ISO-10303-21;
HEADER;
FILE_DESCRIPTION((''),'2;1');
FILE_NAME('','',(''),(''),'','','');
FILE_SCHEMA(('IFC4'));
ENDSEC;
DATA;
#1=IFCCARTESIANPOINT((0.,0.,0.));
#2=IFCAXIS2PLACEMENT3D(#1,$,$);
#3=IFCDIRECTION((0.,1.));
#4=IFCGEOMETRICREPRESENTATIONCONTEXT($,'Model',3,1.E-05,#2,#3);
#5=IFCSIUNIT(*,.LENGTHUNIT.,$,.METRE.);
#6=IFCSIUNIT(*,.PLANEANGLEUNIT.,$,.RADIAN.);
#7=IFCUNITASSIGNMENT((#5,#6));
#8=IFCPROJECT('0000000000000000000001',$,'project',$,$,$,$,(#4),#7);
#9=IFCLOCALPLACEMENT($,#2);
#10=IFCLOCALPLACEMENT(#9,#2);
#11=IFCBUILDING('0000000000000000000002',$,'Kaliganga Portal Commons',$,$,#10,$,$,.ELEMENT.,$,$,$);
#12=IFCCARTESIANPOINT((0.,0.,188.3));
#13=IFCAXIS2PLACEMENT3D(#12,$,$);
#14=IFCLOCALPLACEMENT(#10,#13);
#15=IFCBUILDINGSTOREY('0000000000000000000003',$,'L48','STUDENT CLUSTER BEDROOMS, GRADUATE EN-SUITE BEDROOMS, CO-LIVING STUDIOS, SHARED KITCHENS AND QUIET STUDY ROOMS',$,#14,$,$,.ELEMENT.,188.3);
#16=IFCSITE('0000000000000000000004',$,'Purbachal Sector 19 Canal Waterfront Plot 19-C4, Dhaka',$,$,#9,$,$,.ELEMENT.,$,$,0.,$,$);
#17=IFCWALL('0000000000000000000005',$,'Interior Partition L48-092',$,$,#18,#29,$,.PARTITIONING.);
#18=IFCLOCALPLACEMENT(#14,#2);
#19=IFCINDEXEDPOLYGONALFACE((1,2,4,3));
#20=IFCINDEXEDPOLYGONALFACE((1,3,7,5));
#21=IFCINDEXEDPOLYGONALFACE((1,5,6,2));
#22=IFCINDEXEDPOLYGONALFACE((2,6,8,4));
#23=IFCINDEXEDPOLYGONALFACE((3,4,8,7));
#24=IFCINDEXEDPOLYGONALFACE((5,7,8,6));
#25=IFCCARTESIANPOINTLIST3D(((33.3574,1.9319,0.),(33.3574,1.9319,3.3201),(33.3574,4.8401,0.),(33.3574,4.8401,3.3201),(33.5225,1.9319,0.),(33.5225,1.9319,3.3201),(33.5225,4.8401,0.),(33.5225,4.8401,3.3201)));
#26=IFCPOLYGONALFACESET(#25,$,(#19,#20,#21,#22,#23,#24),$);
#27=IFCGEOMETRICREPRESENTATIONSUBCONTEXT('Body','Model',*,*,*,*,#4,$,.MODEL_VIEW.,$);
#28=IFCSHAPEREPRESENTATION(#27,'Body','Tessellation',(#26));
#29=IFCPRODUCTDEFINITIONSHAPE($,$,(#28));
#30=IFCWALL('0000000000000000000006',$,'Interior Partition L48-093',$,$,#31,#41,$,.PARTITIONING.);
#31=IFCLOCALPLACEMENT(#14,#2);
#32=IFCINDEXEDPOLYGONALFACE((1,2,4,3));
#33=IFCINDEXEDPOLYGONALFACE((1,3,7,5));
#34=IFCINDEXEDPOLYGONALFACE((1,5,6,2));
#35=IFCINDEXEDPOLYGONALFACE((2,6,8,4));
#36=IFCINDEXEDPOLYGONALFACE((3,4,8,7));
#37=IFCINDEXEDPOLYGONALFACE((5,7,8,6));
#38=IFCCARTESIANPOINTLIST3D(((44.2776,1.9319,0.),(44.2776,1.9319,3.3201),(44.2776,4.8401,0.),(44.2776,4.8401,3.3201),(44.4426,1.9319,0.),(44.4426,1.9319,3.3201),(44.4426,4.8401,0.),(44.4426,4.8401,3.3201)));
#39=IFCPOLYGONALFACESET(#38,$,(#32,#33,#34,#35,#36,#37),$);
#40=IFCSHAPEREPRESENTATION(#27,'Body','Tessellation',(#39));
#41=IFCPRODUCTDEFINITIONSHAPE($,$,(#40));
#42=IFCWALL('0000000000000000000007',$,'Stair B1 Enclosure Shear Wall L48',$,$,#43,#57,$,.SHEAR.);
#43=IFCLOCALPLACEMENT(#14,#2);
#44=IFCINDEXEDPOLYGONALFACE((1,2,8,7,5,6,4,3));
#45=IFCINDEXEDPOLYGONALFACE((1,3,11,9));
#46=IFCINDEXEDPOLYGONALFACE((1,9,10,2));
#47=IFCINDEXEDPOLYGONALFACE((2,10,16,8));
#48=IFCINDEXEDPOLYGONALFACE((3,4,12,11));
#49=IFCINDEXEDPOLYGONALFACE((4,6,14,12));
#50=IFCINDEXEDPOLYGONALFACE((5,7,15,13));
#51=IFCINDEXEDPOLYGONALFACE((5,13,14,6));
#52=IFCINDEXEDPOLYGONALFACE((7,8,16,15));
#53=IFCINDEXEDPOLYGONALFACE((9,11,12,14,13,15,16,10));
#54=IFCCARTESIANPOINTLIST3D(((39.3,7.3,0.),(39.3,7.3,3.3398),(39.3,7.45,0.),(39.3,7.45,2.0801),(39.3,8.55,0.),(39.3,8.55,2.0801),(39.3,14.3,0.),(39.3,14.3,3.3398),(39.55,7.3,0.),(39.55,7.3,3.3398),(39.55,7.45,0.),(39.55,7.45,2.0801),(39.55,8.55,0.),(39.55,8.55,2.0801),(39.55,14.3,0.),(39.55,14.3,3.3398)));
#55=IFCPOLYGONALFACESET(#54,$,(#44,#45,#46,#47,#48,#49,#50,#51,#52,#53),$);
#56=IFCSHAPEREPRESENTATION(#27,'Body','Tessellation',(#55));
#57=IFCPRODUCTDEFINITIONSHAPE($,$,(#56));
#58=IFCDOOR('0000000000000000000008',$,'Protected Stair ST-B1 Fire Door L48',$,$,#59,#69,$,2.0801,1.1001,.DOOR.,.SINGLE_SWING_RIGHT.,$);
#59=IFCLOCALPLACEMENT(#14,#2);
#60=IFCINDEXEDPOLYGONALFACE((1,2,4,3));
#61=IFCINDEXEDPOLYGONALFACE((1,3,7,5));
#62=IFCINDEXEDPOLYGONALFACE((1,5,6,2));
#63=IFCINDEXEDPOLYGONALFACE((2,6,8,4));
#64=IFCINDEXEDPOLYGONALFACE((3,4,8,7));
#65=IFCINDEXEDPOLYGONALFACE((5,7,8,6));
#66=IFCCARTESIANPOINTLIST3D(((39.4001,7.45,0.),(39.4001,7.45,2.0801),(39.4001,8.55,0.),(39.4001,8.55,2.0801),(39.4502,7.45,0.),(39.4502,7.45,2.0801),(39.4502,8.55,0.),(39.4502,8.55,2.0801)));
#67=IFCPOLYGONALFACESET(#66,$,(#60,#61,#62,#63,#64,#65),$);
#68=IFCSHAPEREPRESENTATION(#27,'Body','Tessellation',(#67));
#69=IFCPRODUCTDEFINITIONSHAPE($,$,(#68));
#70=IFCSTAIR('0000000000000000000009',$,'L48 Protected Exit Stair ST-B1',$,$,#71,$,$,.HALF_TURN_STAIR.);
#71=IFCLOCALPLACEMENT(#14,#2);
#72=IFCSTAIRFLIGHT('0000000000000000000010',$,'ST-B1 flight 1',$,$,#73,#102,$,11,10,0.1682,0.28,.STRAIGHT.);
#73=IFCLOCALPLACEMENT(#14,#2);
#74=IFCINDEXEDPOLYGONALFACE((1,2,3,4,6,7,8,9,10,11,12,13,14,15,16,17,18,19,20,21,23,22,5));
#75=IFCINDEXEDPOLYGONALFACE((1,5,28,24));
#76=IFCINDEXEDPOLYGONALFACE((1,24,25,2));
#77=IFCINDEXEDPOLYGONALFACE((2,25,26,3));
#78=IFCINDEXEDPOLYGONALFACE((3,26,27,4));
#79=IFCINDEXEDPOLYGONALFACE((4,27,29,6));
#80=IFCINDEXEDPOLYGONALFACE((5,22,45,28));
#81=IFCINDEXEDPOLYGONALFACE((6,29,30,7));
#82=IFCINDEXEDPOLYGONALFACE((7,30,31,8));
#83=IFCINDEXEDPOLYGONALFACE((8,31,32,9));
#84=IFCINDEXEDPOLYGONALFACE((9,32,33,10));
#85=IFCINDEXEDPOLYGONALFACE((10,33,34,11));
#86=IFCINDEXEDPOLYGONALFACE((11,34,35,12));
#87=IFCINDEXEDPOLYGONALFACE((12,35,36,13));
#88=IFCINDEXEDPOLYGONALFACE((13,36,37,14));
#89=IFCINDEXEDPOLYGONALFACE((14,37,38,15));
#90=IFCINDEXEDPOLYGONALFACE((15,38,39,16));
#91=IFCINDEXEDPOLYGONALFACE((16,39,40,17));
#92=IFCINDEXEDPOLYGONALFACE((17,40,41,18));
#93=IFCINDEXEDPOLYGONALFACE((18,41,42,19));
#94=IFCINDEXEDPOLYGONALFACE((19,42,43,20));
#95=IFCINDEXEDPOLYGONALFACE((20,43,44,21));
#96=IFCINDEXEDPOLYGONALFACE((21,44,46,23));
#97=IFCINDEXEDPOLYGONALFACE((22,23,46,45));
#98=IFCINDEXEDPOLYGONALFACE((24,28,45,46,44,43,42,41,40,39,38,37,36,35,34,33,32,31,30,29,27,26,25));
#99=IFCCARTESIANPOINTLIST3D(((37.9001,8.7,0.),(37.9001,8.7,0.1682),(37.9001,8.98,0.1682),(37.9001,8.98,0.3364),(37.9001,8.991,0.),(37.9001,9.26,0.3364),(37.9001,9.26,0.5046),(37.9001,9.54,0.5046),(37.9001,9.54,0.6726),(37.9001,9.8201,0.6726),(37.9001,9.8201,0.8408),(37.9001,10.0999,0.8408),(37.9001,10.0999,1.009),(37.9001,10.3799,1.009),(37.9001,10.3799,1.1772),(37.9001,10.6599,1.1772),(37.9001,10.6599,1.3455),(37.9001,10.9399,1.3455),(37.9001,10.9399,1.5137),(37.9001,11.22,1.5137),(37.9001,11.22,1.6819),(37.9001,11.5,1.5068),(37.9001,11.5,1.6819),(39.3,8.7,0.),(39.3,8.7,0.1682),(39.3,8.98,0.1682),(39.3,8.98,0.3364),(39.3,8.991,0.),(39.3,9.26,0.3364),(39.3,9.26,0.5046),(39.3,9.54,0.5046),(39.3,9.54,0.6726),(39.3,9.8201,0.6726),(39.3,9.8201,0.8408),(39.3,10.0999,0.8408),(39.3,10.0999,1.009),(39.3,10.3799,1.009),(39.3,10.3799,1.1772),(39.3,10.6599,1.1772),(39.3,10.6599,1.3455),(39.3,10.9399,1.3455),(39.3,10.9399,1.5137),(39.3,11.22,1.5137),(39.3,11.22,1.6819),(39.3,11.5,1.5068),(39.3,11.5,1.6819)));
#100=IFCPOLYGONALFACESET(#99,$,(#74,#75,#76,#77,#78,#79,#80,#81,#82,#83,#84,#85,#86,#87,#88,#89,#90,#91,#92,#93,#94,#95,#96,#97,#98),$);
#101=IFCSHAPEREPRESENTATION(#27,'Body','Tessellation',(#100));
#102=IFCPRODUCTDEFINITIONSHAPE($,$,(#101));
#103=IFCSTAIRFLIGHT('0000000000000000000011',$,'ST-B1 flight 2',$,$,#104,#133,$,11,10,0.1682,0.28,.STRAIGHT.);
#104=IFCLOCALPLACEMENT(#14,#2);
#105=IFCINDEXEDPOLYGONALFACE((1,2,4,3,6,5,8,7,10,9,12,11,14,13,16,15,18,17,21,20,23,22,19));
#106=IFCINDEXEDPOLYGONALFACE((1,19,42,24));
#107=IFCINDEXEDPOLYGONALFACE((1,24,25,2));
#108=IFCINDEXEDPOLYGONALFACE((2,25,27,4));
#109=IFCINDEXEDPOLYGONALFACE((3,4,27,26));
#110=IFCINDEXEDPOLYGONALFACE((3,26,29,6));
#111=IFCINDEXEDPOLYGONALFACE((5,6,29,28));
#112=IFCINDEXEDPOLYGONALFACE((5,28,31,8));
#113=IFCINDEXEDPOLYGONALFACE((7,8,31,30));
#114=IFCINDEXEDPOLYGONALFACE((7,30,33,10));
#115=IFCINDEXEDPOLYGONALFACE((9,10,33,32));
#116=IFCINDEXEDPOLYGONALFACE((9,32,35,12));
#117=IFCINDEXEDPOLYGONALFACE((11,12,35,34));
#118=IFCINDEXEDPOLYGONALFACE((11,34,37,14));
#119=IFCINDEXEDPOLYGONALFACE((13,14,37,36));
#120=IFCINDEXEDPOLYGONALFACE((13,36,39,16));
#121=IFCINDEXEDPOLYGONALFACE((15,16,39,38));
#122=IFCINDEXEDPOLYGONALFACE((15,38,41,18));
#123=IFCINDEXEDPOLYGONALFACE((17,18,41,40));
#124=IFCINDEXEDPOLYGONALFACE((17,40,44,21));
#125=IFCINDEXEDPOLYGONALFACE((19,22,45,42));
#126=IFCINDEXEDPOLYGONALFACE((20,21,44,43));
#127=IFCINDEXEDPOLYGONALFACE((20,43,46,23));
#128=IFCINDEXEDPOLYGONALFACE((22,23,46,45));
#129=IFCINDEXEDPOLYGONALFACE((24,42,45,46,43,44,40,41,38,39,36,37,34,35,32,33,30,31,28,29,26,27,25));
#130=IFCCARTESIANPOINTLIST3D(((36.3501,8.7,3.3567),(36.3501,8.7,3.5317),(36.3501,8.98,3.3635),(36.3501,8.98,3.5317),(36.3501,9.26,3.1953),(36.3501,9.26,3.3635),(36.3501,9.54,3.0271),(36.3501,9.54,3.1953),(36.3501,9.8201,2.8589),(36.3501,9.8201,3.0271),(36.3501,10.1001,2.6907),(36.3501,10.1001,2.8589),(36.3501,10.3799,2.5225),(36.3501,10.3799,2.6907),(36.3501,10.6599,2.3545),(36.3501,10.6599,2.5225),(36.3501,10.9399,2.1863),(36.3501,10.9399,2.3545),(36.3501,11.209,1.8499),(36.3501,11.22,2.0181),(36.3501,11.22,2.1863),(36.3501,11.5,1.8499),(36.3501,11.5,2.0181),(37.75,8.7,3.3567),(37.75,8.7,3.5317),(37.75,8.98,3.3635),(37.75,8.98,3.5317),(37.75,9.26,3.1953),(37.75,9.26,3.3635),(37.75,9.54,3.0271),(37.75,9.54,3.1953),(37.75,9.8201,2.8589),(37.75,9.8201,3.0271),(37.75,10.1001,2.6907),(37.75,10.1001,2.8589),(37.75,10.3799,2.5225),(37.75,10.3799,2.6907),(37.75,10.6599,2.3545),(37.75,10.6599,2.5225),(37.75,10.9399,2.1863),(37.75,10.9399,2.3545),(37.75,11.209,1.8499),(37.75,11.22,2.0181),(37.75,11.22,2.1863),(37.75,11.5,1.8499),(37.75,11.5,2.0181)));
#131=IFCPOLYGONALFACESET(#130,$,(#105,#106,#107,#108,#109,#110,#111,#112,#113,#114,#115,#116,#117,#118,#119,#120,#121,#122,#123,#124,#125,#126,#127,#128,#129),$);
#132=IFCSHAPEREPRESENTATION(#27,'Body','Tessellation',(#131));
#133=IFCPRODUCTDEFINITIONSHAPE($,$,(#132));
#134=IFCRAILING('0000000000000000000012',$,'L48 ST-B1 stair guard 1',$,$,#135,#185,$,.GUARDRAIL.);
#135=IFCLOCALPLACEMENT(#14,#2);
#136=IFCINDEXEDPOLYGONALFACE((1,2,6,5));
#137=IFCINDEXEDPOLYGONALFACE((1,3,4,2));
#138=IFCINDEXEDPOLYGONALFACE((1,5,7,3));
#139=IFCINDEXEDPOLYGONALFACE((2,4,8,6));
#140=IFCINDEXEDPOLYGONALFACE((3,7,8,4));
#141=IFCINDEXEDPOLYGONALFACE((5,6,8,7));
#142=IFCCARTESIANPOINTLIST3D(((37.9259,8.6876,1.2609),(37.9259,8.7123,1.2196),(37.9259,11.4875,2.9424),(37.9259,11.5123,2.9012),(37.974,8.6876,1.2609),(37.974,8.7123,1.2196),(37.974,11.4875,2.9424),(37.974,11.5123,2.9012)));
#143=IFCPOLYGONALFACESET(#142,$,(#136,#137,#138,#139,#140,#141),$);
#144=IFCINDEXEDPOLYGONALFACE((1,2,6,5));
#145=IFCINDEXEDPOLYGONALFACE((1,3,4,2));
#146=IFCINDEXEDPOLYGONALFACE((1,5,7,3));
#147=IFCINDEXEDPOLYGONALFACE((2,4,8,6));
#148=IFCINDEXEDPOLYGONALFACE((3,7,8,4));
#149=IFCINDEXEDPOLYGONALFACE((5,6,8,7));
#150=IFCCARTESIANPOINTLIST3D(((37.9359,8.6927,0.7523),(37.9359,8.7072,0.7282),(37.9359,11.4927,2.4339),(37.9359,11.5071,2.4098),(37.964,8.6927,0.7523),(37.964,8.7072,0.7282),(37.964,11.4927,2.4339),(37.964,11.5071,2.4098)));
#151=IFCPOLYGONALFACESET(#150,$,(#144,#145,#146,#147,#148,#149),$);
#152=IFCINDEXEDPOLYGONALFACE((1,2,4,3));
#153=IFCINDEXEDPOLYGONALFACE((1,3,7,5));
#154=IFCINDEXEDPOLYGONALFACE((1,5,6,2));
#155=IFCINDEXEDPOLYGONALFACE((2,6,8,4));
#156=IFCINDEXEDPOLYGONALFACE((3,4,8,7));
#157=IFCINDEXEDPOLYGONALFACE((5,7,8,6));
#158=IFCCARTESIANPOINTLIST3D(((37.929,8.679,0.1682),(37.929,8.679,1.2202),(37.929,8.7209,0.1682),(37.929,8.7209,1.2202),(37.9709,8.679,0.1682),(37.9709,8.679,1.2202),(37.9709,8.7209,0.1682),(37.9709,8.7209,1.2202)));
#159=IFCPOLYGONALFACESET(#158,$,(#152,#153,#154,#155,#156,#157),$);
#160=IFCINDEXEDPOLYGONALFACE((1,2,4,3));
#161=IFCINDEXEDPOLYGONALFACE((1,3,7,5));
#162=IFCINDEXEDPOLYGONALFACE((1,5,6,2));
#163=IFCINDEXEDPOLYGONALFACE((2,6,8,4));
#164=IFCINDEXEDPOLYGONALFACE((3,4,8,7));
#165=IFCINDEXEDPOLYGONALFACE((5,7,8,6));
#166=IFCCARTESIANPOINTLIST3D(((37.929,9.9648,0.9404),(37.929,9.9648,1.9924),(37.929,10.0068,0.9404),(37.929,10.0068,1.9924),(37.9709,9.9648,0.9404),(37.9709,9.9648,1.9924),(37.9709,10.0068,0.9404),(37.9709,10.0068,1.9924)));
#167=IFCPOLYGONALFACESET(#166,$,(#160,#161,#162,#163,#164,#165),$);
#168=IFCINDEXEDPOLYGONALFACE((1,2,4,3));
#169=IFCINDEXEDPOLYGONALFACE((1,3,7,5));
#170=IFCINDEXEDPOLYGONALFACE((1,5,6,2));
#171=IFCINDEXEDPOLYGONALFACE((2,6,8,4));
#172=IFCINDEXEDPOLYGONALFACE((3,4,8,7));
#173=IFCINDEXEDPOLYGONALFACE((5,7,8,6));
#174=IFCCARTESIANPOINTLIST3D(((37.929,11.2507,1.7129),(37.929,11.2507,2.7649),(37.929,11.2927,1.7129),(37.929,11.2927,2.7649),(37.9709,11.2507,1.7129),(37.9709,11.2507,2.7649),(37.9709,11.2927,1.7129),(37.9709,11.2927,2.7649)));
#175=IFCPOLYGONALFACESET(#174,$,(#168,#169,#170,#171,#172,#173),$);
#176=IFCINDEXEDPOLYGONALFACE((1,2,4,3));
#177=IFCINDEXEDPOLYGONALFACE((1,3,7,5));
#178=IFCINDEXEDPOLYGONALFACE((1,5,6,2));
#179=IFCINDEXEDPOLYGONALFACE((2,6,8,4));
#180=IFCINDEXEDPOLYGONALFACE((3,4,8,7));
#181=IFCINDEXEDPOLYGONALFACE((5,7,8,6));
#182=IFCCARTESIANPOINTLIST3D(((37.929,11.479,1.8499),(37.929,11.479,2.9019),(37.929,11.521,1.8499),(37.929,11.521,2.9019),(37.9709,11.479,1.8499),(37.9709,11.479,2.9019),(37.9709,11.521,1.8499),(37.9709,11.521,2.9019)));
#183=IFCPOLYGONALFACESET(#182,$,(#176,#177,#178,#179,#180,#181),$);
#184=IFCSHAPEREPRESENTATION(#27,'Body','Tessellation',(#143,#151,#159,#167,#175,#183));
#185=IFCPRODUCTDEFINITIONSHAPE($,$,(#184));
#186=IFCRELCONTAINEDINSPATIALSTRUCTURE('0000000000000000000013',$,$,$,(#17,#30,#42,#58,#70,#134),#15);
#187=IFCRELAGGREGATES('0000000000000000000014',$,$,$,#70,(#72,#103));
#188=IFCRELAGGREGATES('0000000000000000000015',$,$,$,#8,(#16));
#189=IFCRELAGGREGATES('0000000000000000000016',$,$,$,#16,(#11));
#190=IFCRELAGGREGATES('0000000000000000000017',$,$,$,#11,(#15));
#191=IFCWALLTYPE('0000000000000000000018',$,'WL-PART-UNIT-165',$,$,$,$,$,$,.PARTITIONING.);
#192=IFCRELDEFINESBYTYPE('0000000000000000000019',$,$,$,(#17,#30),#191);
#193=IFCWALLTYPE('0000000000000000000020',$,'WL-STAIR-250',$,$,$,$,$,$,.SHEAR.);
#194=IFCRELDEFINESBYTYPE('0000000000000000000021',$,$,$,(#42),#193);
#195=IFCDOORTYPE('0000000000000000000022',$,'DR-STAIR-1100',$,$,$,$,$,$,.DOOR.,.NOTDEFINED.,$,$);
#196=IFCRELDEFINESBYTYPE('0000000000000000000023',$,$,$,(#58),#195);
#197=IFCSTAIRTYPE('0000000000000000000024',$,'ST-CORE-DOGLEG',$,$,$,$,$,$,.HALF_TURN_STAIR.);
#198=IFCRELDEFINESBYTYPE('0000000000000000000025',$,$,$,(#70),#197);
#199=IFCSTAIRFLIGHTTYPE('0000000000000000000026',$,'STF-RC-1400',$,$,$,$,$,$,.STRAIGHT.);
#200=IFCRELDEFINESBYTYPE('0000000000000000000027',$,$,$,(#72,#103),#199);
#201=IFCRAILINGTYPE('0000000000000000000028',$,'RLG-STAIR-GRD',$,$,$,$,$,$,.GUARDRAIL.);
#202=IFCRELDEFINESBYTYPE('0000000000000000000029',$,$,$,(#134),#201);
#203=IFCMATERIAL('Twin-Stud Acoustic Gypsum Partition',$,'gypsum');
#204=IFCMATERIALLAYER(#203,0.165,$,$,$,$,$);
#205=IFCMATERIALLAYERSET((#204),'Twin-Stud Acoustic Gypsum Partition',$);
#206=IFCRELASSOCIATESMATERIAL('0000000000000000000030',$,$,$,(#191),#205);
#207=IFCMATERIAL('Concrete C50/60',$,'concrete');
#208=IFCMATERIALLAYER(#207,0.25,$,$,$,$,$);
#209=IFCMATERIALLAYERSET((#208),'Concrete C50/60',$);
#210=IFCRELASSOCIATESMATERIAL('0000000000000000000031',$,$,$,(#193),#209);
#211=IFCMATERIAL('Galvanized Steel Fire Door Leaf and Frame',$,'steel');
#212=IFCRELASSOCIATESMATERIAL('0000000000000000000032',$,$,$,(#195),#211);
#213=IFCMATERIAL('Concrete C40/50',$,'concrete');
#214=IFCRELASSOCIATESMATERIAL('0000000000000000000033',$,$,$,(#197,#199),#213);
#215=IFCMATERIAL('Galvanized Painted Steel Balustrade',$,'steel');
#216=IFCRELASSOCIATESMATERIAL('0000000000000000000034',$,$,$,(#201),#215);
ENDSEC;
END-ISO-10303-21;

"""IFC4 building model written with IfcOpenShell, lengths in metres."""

from ifc_helpers import new_model, si_unit, direction, frame, frame_2d, origin, origin_2d, place, context, subcontext, project, spatial, polyline, rectangle, outline, extrude, material, layer, layer_set, type_object, element, fill, aggregate, save


model = new_model("IFC4")

# Units and contexts
model_context = context("Model", 3, precision=1e-05, world=origin(), true_north=direction((0.0, 1.0)))
body_context = subcontext(model_context, "Body", "Model", "MODEL_VIEW")
ifc_project = project(units=[si_unit("LENGTHUNIT", "METRE"), si_unit("PLANEANGLEUNIT", "RADIAN")], contexts=[model_context])

# Site, building, storey
site_placement = place(None, origin())
site = spatial("IfcSite", under=ifc_project, at=site_placement, Name="Purbachal Sector 19 Canal Waterfront Plot 19-C4, Dhaka", CompositionType="ELEMENT", RefElevation=0.0)
building_placement = place(site_placement, origin())
building = spatial("IfcBuilding", under=site, at=building_placement, Name="Kaliganga Portal Commons", CompositionType="ELEMENT")
storey_placement = place(building_placement, frame((0.0, 0.0, 188.3)))
storey = spatial("IfcBuildingStorey", under=building, at=storey_placement, Name="L48", Description="STUDENT CLUSTER BEDROOMS, GRADUATE EN-SUITE BEDROOMS, CO-LIVING STUDIOS, SHARED KITCHENS AND QUIET STUDY ROOMS", CompositionType="ELEMENT", Elevation=188.3)

# Shared definitions
ifc_material_1 = material(Name="Concrete C50/60", Category="concrete")

# Walls
ifc_material_2 = material(Name="Twin-Stud Acoustic Gypsum Partition", Category="gypsum")
ifc_layer_1 = layer(ifc_material_2, 0.165)
ifc_layer_set_1 = layer_set([ifc_layer_1], Name="Twin-Stud Acoustic Gypsum Partition")
wall_type_1 = type_object("IfcWallType", Name="WL-PART-UNIT-165", PredefinedType="PARTITIONING", material=ifc_layer_set_1)
for number, where, z_axis, x_axis, name in (
    (1, (33.4399, 1.9319, 0.0), (0.0, 0.0, 1.0), (0.0, 1.0, 0.0), "Interior Partition L48-092"),
    (2, (44.3601, 1.9319, 0.0), (0.0, 0.0, 1.0), (0.0, 1.0, 0.0), "Interior Partition L48-093"),
):
    element("IfcWall", number, at=place(storey_placement, frame(where, z_axis=z_axis, x_axis=x_axis)), inside=storey, type_object=wall_type_1, Name=name, PredefinedType="PARTITIONING", context=body_context, shape_type="SweptSolid", body=[
        extrude(rectangle(XDim=2.9082, YDim=0.165, at=frame_2d((1.4541, 0.0))), origin(), (0.0, 0.0, 1.0), 3.3201),
    ])

# Wall, opening, door
ifc_layer_2 = layer(ifc_material_1, 0.25)
ifc_layer_set_2 = layer_set([ifc_layer_2], Name="Concrete C50/60")
wall_type_2 = type_object("IfcWallType", Name="WL-STAIR-250", PredefinedType="SHEAR", material=ifc_layer_set_2)
wall_1_placement = place(storey_placement, frame((39.425, 7.3, 0.0), z_axis=(0.0, 0.0, 1.0), x_axis=(0.0, 1.0, 0.0)))
wall_1 = element("IfcWall", 3, at=wall_1_placement, inside=storey, type_object=wall_type_2, Name="Stair B1 Enclosure Shear Wall L48", PredefinedType="SHEAR", context=body_context, shape_type="SweptSolid", body=[
    extrude(rectangle(XDim=7.0, YDim=0.25, at=frame_2d((3.5, 0.0))), origin(), (0.0, 0.0, 1.0), 3.3398),
])
opening_1_placement = place(wall_1_placement, frame((0.1499, 0.0, 0.0)))
opening_1 = element("IfcOpeningElement", 4, at=opening_1_placement, cuts=wall_1, PredefinedType="OPENING", context=body_context, shape_type="SweptSolid", body=[
    extrude(rectangle(XDim=1.1001, YDim=2.0801, at=frame_2d((0.55, 1.04))), frame((0.0, 0.135, 0.0), z_axis=(0.0, -1.0, 0.0), x_axis=(1.0, 0.0, 0.0)), (0.0, 0.0, 1.0), 0.27),
])
ifc_material_3 = material(Name="Galvanized Steel Fire Door Leaf and Frame", Category="steel")
door_type_1 = type_object("IfcDoorType", Name="DR-STAIR-1100", OperationType="NOTDEFINED", PredefinedType="DOOR", material=ifc_material_3)
door_1_placement = place(opening_1_placement, origin())
door_1 = element("IfcDoor", 5, at=door_1_placement, inside=storey, type_object=door_type_1, Name="Protected Stair ST-B1 Fire Door L48", OperationType="SINGLE_SWING_RIGHT", OverallHeight=2.0801, OverallWidth=1.1001, PredefinedType="DOOR", context=body_context, shape_type="SweptSolid", body=[
    extrude(rectangle(XDim=1.1001, YDim=2.0801, at=frame_2d((0.55, 1.04))), frame((0.0, 0.0249, 0.0), z_axis=(0.0, -1.0, 0.0), x_axis=(1.0, 0.0, 0.0)), (0.0, 0.0, 1.0), 0.05),
])
fill(opening_1, door_1)

# Stair, stair flights
ifc_material_4 = material(Name="Concrete C40/50", Category="concrete")
stair_type = type_object("IfcStairType", Name="ST-CORE-DOGLEG", PredefinedType="HALF_TURN_STAIR", material=ifc_material_4)
stair_placement = place(storey_placement, origin())
stair = element("IfcStair", 6, at=stair_placement, inside=storey, type_object=stair_type, Name="L48 Protected Exit Stair ST-B1", PredefinedType="HALF_TURN_STAIR")
stair_flight_type = type_object("IfcStairFlightType", Name="STF-RC-1400", PredefinedType="STRAIGHT", material=ifc_material_4)
stair_flight_1_placement = place(storey_placement, frame((38.6001, 8.7, 0.0), z_axis=(0.0, 0.0, 1.0), x_axis=(0.0, 1.0, 0.0)))
stair_flight_1 = element("IfcStairFlight", 7, at=stair_flight_1_placement, type_object=stair_flight_type, Name="ST-B1 flight 1", NumberOfRisers=11, NumberOfTreads=10, PredefinedType="STRAIGHT", RiserHeight=0.1682, TreadLength=0.28, context=body_context, shape_type="SweptSolid", body=[
    extrude(outline(polyline([(0.0, 0.0), (0.0, 0.1682), (0.28, 0.1682), (0.28, 0.3364), (0.5601, 0.3364), (0.5601, 0.5046), (0.8401, 0.5046), (0.8401, 0.6726), (1.1201, 0.6726), (1.1201, 0.8408), (1.3999, 0.8408), (1.3999, 1.009), (1.6799, 1.009), (1.6799, 1.1772), (1.96, 1.1772), (1.96, 1.3455), (2.24, 1.3455), (2.24, 1.5137), (2.52, 1.5137), (2.52, 1.6819), (2.8, 1.6819), (2.8, 1.8501), (2.8, 1.5068), (0.291, 0.0), (0.0, 0.0)])), frame((0.0, 0.7, 0.0), z_axis=(0.0, -1.0, 0.0), x_axis=(1.0, 0.0, 0.0)), (0.0, 0.0, 1.0), 1.3999),
])
stair_flight_2_placement = place(storey_placement, frame((37.05, 11.5, 1.8499), z_axis=(0.0, 0.0, 1.0), x_axis=(0.0, -1.0, 0.0)))
stair_flight_2 = element("IfcStairFlight", 8, at=stair_flight_2_placement, type_object=stair_flight_type, Name="ST-B1 flight 2", NumberOfRisers=11, NumberOfTreads=10, PredefinedType="STRAIGHT", RiserHeight=0.1682, TreadLength=0.28, context=body_context, shape_type="SweptSolid", body=[
    extrude(outline(polyline([(0.0, 0.0), (0.0, 0.1682), (0.28, 0.1682), (0.28, 0.3364), (0.5601, 0.3364), (0.5601, 0.5046), (0.8401, 0.5046), (0.8401, 0.6726), (1.1201, 0.6726), (1.1201, 0.8408), (1.3999, 0.8408), (1.3999, 1.009), (1.6799, 1.009), (1.6799, 1.1772), (1.96, 1.1772), (1.96, 1.3455), (2.24, 1.3455), (2.24, 1.5137), (2.52, 1.5137), (2.52, 1.6819), (2.8, 1.6819), (2.8, 1.8501), (2.8, 1.5068), (0.291, 0.0), (0.0, 0.0)])), frame((0.0, 0.7, 0.0), z_axis=(0.0, -1.0, 0.0), x_axis=(1.0, 0.0, 0.0)), (0.0, 0.0, 1.0), 1.3999),
])
aggregate(stair, [stair_flight_1, stair_flight_2])

# Railing
ifc_material_5 = material(Name="Galvanized Painted Steel Balustrade", Category="steel")
railing_type_1 = type_object("IfcRailingType", Name="RLG-STAIR-GRD", PredefinedType="GUARDRAIL", material=ifc_material_5)
railing_1_placement = place(storey_placement, frame((37.95, 8.7, 0.1682)))
element("IfcRailing", 9, at=railing_1_placement, inside=storey, type_object=railing_type_1, Name="L48 ST-B1 stair guard 1", PredefinedType="GUARDRAIL", context=body_context, shape_type="SweptSolid", body=[
    extrude(rectangle(XDim=0.0481, YDim=0.0481, at=origin_2d()), frame((0.0, 0.0, 1.072), z_axis=(0.0, 0.857275, 0.514858), x_axis=(-1.0, 0.0, 0.0)), (0.0, 0.0, 1.0), 3.2661),
    extrude(rectangle(XDim=0.0281, YDim=0.0281, at=origin_2d()), frame((0.0, 0.0, 0.572), z_axis=(0.0, 0.857275, 0.514858), x_axis=(-1.0, 0.0, 0.0)), (0.0, 0.0, 1.0), 3.2661),
    extrude(rectangle(XDim=0.042, YDim=0.042, at=origin_2d()), origin(), (0.0, 0.0, 1.0), 1.052),
    extrude(rectangle(XDim=0.042, YDim=0.042, at=origin_2d()), frame((0.0, 1.2859, 0.7722)), (0.0, 0.0, 1.0), 1.052),
    extrude(rectangle(XDim=0.042, YDim=0.042, at=origin_2d()), frame((0.0, 2.5718, 1.5447)), (0.0, 0.0, 1.0), 1.052),
    extrude(rectangle(XDim=0.042, YDim=0.042, at=origin_2d()), frame((0.0, 2.8, 1.6816)), (0.0, 0.0, 1.0), 1.052),
])

save(model, "model.ifc")
